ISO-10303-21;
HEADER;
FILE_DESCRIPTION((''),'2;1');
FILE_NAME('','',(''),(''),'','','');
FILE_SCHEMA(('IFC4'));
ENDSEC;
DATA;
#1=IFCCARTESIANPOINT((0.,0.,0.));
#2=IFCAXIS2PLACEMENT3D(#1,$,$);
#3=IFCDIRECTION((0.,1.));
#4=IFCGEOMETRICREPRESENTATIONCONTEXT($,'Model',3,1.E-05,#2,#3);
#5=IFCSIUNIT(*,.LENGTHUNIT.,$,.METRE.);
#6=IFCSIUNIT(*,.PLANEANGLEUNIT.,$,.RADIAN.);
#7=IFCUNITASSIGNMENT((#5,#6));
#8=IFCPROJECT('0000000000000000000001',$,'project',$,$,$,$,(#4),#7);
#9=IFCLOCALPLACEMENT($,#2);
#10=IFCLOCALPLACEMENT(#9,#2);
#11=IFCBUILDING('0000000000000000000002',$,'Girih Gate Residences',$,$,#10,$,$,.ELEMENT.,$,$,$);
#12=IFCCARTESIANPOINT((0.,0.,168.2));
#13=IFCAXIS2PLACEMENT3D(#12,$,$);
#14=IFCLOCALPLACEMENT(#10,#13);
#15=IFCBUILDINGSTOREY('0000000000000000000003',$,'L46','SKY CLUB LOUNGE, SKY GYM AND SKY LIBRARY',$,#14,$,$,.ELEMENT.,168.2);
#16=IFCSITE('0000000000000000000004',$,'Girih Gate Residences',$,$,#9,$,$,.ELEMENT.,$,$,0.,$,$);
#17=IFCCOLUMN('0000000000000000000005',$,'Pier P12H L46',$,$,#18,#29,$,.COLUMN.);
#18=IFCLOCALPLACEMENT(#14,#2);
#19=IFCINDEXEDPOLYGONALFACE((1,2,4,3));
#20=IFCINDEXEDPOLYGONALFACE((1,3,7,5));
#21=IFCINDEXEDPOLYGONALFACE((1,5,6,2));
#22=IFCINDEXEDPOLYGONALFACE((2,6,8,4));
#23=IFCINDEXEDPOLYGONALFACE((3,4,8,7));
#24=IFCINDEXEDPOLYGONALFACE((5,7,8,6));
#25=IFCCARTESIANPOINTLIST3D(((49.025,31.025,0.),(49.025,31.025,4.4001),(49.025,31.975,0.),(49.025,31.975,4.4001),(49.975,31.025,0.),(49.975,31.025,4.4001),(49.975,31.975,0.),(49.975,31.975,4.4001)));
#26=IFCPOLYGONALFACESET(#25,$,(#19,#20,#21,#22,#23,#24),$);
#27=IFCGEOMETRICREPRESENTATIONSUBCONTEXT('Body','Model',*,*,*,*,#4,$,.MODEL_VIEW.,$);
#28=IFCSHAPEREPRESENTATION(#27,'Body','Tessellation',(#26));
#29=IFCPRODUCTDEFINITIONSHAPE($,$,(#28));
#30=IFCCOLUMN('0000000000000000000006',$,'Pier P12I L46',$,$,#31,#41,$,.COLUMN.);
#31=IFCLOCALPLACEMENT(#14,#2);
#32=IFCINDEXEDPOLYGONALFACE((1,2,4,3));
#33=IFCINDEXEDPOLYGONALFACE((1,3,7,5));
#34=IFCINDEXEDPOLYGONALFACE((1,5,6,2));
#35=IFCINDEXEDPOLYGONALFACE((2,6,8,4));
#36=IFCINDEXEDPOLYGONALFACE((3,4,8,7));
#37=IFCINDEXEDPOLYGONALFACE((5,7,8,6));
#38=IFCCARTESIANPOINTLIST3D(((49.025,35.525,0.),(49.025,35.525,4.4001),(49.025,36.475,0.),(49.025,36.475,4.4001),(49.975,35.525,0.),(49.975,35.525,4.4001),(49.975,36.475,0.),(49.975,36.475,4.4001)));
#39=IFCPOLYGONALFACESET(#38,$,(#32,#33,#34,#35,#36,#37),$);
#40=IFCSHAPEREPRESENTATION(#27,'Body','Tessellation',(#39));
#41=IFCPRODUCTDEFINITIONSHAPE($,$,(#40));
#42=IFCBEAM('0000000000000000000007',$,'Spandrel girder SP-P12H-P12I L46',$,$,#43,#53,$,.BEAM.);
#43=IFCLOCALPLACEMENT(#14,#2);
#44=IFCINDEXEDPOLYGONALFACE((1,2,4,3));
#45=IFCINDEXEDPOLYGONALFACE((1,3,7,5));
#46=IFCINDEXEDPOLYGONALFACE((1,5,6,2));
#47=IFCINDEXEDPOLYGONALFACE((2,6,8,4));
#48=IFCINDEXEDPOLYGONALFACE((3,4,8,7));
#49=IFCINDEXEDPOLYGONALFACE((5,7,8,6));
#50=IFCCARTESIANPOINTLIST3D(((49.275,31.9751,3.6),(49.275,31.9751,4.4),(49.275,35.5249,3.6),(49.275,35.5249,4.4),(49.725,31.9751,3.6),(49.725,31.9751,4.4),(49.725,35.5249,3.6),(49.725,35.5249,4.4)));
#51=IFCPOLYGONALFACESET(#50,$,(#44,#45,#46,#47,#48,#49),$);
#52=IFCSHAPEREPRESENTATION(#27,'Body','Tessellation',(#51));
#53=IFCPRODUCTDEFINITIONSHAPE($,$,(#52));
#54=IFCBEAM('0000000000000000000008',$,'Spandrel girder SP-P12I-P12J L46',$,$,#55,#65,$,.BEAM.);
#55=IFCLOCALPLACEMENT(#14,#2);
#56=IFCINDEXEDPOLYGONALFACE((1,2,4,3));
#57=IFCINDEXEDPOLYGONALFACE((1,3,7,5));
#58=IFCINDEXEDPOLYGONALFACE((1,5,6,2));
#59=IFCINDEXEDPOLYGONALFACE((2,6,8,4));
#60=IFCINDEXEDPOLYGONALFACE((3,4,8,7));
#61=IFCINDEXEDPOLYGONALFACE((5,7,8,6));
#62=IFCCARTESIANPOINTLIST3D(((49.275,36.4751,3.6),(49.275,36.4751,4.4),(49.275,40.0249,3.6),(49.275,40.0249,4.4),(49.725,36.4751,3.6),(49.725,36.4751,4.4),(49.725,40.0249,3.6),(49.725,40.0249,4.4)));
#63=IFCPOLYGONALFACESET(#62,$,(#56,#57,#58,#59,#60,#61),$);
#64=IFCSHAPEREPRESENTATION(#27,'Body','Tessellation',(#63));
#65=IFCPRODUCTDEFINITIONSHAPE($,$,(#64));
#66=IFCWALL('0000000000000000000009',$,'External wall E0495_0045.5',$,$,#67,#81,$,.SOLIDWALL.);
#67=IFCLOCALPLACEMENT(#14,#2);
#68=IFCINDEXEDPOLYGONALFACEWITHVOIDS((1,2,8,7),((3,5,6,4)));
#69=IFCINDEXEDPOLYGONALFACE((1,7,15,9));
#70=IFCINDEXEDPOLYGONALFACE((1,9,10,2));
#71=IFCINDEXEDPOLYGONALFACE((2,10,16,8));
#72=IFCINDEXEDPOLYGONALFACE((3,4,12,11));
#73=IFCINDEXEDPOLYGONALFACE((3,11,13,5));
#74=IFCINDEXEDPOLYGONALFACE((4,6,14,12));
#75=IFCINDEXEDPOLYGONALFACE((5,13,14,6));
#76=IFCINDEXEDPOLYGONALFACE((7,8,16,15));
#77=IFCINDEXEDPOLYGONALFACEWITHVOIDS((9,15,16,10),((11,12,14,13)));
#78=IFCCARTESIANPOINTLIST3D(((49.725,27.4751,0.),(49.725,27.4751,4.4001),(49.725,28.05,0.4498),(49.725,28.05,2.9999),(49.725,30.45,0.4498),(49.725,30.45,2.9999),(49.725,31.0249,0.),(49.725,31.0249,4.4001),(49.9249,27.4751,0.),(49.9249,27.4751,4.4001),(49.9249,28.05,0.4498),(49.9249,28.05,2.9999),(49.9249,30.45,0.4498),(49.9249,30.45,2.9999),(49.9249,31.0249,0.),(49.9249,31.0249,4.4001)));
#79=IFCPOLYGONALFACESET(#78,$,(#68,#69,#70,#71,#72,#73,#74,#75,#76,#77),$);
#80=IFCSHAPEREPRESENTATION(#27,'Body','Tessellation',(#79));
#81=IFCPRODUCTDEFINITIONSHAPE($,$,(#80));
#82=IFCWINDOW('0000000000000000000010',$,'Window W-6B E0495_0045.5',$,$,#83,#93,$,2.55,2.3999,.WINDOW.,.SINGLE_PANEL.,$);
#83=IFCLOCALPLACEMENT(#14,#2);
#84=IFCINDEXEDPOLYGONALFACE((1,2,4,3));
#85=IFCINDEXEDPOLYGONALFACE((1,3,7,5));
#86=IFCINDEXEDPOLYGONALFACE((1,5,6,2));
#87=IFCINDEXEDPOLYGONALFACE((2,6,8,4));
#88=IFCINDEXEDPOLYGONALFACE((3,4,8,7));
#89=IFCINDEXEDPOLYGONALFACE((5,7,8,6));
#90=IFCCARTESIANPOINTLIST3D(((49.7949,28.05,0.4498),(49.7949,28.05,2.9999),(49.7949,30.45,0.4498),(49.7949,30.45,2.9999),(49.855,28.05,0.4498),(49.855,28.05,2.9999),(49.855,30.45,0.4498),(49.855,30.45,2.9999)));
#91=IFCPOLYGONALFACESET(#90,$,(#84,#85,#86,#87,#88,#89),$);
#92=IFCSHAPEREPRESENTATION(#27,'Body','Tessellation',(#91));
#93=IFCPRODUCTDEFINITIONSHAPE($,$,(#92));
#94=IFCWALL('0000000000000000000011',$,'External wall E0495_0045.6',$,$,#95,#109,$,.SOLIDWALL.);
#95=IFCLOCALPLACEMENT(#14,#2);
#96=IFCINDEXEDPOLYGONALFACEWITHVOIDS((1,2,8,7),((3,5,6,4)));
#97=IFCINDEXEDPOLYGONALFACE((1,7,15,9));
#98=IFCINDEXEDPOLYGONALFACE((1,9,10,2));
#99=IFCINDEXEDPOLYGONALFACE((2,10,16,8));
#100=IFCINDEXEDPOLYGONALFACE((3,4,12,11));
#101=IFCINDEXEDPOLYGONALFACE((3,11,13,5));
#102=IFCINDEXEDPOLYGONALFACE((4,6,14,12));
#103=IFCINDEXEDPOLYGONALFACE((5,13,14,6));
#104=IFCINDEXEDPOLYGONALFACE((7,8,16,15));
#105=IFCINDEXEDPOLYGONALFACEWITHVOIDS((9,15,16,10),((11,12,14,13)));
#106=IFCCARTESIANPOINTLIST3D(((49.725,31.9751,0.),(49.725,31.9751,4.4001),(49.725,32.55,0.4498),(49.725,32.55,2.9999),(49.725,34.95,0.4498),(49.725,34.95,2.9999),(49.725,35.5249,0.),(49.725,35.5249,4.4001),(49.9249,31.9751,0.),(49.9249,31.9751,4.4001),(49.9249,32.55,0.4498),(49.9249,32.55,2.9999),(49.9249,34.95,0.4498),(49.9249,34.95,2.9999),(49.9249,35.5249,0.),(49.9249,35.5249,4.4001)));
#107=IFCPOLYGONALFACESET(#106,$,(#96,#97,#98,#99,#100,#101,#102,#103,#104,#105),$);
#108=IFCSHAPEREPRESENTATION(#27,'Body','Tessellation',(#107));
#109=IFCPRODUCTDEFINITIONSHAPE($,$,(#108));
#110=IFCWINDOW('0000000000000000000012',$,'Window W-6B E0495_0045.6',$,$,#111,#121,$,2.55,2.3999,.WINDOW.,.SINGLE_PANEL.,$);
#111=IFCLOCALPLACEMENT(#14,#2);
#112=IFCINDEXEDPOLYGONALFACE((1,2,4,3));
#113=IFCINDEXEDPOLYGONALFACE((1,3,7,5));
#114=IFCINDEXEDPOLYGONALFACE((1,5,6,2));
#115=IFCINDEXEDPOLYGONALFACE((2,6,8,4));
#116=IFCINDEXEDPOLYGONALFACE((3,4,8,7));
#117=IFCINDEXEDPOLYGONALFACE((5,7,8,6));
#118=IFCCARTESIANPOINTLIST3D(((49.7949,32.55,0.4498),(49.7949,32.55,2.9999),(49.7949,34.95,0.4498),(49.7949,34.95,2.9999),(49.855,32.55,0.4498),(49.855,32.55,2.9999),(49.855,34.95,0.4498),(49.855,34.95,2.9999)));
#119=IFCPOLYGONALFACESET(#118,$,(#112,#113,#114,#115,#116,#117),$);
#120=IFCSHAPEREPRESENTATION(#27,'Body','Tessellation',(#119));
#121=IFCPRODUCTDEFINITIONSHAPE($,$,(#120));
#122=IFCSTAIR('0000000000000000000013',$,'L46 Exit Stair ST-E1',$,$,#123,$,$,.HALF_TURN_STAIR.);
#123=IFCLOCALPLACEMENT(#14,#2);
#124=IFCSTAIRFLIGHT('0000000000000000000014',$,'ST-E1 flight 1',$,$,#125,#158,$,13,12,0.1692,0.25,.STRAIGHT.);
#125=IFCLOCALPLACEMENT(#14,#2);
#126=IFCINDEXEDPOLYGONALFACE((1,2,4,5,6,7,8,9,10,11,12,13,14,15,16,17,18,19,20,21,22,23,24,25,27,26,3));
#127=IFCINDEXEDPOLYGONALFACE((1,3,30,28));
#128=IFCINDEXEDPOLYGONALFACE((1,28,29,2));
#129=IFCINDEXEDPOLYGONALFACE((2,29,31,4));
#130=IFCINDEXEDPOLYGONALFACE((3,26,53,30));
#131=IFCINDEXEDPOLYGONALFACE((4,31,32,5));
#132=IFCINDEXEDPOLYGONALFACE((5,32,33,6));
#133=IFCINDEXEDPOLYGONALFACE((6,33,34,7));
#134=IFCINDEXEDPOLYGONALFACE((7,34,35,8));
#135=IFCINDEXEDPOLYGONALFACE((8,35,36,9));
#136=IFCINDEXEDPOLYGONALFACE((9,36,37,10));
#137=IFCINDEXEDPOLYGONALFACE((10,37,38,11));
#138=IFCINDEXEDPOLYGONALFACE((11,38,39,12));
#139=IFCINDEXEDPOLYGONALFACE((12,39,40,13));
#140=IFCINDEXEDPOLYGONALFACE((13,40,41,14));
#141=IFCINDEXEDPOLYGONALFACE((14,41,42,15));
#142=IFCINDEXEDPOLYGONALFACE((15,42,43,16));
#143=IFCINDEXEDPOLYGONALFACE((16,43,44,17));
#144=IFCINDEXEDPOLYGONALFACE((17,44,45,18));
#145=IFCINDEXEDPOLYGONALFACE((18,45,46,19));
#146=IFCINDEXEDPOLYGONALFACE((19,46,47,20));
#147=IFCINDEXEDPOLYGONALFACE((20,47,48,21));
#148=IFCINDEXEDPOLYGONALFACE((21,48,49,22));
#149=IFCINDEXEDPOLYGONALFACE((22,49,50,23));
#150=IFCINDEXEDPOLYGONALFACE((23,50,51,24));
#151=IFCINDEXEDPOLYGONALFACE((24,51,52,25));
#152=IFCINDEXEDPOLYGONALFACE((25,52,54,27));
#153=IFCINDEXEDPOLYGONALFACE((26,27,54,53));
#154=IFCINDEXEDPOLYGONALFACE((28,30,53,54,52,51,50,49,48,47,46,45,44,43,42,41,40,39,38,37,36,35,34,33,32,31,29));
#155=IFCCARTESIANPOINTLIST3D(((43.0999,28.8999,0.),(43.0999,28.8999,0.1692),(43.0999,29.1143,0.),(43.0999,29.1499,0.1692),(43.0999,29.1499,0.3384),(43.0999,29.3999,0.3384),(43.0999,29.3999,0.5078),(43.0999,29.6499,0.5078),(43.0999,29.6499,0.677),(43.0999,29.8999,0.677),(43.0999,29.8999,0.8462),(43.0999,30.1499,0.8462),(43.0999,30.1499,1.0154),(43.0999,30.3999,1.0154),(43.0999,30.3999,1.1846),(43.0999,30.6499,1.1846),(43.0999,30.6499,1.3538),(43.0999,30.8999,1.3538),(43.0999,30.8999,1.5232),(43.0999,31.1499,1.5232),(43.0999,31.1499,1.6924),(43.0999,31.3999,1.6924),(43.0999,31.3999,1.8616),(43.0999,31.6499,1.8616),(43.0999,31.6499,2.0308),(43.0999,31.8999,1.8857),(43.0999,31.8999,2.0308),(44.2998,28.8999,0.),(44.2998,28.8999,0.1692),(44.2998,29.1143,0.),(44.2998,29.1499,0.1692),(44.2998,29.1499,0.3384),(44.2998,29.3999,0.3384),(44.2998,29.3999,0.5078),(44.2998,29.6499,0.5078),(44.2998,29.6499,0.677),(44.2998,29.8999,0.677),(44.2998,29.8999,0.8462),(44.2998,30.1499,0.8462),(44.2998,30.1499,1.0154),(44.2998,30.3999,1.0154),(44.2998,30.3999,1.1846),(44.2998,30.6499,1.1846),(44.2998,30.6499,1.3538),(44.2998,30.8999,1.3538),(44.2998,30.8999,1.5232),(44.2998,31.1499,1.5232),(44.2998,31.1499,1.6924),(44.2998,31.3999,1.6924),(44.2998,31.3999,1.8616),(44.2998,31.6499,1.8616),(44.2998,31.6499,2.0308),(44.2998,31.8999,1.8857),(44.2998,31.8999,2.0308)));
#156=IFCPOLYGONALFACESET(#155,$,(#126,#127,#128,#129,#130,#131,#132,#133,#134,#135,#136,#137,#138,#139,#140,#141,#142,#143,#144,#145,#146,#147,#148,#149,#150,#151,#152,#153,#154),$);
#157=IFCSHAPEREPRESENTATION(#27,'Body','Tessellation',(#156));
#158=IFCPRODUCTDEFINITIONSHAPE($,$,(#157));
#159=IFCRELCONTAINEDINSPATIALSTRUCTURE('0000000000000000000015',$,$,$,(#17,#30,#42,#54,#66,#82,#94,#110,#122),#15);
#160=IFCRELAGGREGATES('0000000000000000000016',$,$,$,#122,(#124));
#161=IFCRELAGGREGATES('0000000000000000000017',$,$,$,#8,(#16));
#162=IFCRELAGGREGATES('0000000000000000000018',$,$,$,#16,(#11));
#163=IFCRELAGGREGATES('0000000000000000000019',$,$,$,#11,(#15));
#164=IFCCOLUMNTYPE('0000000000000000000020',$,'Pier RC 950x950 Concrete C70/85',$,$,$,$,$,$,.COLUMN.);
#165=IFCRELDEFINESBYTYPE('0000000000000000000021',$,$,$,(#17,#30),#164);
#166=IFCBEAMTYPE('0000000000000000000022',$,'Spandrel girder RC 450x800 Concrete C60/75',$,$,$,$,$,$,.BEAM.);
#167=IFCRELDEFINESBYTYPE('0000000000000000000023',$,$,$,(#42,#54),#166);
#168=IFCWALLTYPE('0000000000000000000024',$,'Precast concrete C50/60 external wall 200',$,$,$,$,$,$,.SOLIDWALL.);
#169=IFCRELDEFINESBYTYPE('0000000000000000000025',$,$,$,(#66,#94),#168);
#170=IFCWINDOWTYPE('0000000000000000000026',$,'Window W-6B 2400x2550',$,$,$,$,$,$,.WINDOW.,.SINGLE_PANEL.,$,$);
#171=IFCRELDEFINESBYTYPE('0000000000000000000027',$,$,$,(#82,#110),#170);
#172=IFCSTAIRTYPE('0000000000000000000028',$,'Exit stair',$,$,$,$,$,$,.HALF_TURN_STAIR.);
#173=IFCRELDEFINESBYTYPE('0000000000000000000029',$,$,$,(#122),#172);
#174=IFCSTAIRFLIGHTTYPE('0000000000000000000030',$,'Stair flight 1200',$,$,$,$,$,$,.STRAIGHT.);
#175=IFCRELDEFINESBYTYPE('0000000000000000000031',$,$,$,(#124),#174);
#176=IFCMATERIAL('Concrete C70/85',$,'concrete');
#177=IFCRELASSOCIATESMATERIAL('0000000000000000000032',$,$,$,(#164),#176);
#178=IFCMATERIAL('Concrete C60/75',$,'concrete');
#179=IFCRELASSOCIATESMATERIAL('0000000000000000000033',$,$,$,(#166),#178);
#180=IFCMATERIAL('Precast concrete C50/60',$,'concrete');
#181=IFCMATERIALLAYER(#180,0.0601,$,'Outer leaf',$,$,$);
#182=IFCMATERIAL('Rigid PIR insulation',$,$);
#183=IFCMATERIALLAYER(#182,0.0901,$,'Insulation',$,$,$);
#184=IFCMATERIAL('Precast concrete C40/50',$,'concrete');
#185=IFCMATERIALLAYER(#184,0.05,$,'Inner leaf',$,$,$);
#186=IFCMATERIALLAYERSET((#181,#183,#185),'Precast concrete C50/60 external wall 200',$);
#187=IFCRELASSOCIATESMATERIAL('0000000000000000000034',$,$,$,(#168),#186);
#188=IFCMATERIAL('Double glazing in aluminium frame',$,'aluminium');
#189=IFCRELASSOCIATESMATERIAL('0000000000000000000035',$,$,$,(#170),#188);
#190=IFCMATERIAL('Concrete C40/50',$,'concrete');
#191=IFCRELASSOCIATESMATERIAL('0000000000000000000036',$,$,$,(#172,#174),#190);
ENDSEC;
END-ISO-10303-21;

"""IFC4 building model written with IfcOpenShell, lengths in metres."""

from ifc_helpers import new_model, si_unit, direction, frame, frame_2d, origin, origin_2d, place, context, subcontext, project, spatial, polyline, rectangle, outline, extrude, material, layer, layer_set, material_profile, profile_set, type_object, element, fill, aggregate, save


model = new_model("IFC4")

# Units and contexts
model_context = context("Model", 3, precision=1e-05, world=origin(), true_north=direction((0.0, 1.0)))
body_context = subcontext(model_context, "Body", "Model", "MODEL_VIEW")
ifc_project = project(units=[si_unit("LENGTHUNIT", "METRE"), si_unit("PLANEANGLEUNIT", "RADIAN")], contexts=[model_context])

# Site, building, storey
site_placement = place(None, origin())
site = spatial("IfcSite", under=ifc_project, at=site_placement, Name="Girih Gate Residences", CompositionType="ELEMENT", RefElevation=0.0)
building_placement = place(site_placement, origin())
building = spatial("IfcBuilding", under=site, at=building_placement, Name="Girih Gate Residences", CompositionType="ELEMENT")
storey_placement = place(building_placement, frame((0.0, 0.0, 168.2)))
storey = spatial("IfcBuildingStorey", under=building, at=storey_placement, Name="L46", Description="SKY CLUB LOUNGE, SKY GYM AND SKY LIBRARY", CompositionType="ELEMENT", Elevation=168.2)

# Columns
ifc_material_1 = material(Name="Concrete C70/85", Category="concrete")
ifc_material_profile_1 = material_profile(ifc_material_1, rectangle(XDim=0.95, YDim=0.95, at=origin_2d()))
ifc_profile_set_1 = profile_set([ifc_material_profile_1], Name="Concrete C70/85")
column_type = type_object("IfcColumnType", Name="Pier RC 950x950 Concrete C70/85", PredefinedType="COLUMN", material=ifc_profile_set_1)
for number, where, z_axis, x_axis, name in (
    (1, (49.5, 31.5, 0.0), (0.0, 0.0, 1.0), (1.0, 0.0, 0.0), "Pier P12H L46"),
    (2, (49.5, 36.0, 0.0), (0.0, 0.0, 1.0), (1.0, 0.0, 0.0), "Pier P12I L46"),
):
    element("IfcColumn", number, at=place(storey_placement, frame(where, z_axis=z_axis, x_axis=x_axis)), inside=storey, type_object=column_type, Name=name, PredefinedType="COLUMN", context=body_context, shape_type="SweptSolid", body=[
        extrude(rectangle(XDim=0.95, YDim=0.95, at=origin_2d()), origin(), (0.0, 0.0, 1.0), 4.4001),
    ])

# Beams
ifc_material_2 = material(Name="Concrete C60/75", Category="concrete")
ifc_material_profile_2 = material_profile(ifc_material_2, rectangle(XDim=0.45, YDim=0.8, at=origin_2d()))
ifc_profile_set_2 = profile_set([ifc_material_profile_2], Name="Concrete C60/75")
beam_type = type_object("IfcBeamType", Name="Spandrel girder RC 450x800 Concrete C60/75", PredefinedType="BEAM", material=ifc_profile_set_2)
for number, where, z_axis, x_axis, name in (
    (3, (49.5, 31.9751, 4.0), (0.0, 1.0, 0.0), (-1.0, 0.0, 0.0), "Spandrel girder SP-P12H-P12I L46"),
    (4, (49.5, 36.4751, 4.0), (0.0, 1.0, 0.0), (-1.0, 0.0, 0.0), "Spandrel girder SP-P12I-P12J L46"),
):
    element("IfcBeam", number, at=place(storey_placement, frame(where, z_axis=z_axis, x_axis=x_axis)), inside=storey, type_object=beam_type, Name=name, PredefinedType="BEAM", context=body_context, shape_type="SweptSolid", body=[
        extrude(rectangle(XDim=0.45, YDim=0.8, at=origin_2d()), origin(), (0.0, 0.0, 1.0), 3.5498),
    ])

# Walls, openings, windows
ifc_material_3 = material(Name="Precast concrete C50/60", Category="concrete")
ifc_layer_1 = layer(ifc_material_3, 0.0601, Name="Outer leaf")
ifc_material_4 = material(Name="Rigid PIR insulation")
ifc_layer_2 = layer(ifc_material_4, 0.0901, Name="Insulation")
ifc_material_5 = material(Name="Precast concrete C40/50", Category="concrete")
ifc_layer_3 = layer(ifc_material_5, 0.05, Name="Inner leaf")
ifc_layer_set = layer_set([ifc_layer_1, ifc_layer_2, ifc_layer_3], Name="Precast concrete C50/60 external wall 200")
wall_type = type_object("IfcWallType", Name="Precast concrete C50/60 external wall 200", PredefinedType="SOLIDWALL", material=ifc_layer_set)
wall_1_placement = place(storey_placement, frame((49.825, 31.0249, 0.0), z_axis=(0.0, 0.0, 1.0), x_axis=(0.0, -1.0, 0.0)))
wall_1 = element("IfcWall", 5, at=wall_1_placement, inside=storey, type_object=wall_type, Name="External wall E0495_0045.5", PredefinedType="SOLIDWALL", context=body_context, shape_type="SweptSolid", body=[
    extrude(rectangle(XDim=3.5498, YDim=0.2, at=frame_2d((1.7749, 0.0))), origin(), (0.0, 0.0, 1.0), 4.4001),
])
opening_1_placement = place(wall_1_placement, frame((0.575, 0.0, 0.45)))
opening_1 = element("IfcOpeningElement", 6, at=opening_1_placement, cuts=wall_1, PredefinedType="OPENING", context=body_context, shape_type="SweptSolid", body=[
    extrude(rectangle(XDim=2.3999, YDim=2.55, at=frame_2d((1.2, 1.2749))), frame((0.0, 0.1099, 0.0), z_axis=(0.0, -1.0, 0.0), x_axis=(1.0, 0.0, 0.0)), (0.0, 0.0, 1.0), 0.22),
])
ifc_material_6 = material(Name="Double glazing in aluminium frame", Category="aluminium")
window_type = type_object("IfcWindowType", Name="Window W-6B 2400x2550", PartitioningType="SINGLE_PANEL", PredefinedType="WINDOW", material=ifc_material_6)
window_1_placement = place(opening_1_placement, origin())
window_1 = element("IfcWindow", 7, at=window_1_placement, inside=storey, type_object=window_type, Name="Window W-6B E0495_0045.5", OverallHeight=2.55, OverallWidth=2.3999, PartitioningType="SINGLE_PANEL", PredefinedType="WINDOW", context=body_context, shape_type="SweptSolid", body=[
    extrude(rectangle(XDim=2.3999, YDim=2.55, at=frame_2d((1.2, 1.2749))), frame((0.0, 0.03, 0.0), z_axis=(0.0, -1.0, 0.0), x_axis=(1.0, 0.0, 0.0)), (0.0, 0.0, 1.0), 0.0601),
])
fill(opening_1, window_1)
wall_2_placement = place(storey_placement, frame((49.825, 35.5249, 0.0), z_axis=(0.0, 0.0, 1.0), x_axis=(0.0, -1.0, 0.0)))
wall_2 = element("IfcWall", 8, at=wall_2_placement, inside=storey, type_object=wall_type, Name="External wall E0495_0045.6", PredefinedType="SOLIDWALL", context=body_context, shape_type="SweptSolid", body=[
    extrude(rectangle(XDim=3.5498, YDim=0.2, at=frame_2d((1.7749, 0.0))), origin(), (0.0, 0.0, 1.0), 4.4001),
])
opening_2_placement = place(wall_2_placement, frame((0.575, 0.0, 0.45)))
opening_2 = element("IfcOpeningElement", 9, at=opening_2_placement, cuts=wall_2, PredefinedType="OPENING", context=body_context, shape_type="SweptSolid", body=[
    extrude(rectangle(XDim=2.3999, YDim=2.55, at=frame_2d((1.2, 1.2749))), frame((0.0, 0.1099, 0.0), z_axis=(0.0, -1.0, 0.0), x_axis=(1.0, 0.0, 0.0)), (0.0, 0.0, 1.0), 0.22),
])
window_2_placement = place(opening_2_placement, origin())
window_2 = element("IfcWindow", 10, at=window_2_placement, inside=storey, type_object=window_type, Name="Window W-6B E0495_0045.6", OverallHeight=2.55, OverallWidth=2.3999, PartitioningType="SINGLE_PANEL", PredefinedType="WINDOW", context=body_context, shape_type="SweptSolid", body=[
    extrude(rectangle(XDim=2.3999, YDim=2.55, at=frame_2d((1.2, 1.2749))), frame((0.0, 0.03, 0.0), z_axis=(0.0, -1.0, 0.0), x_axis=(1.0, 0.0, 0.0)), (0.0, 0.0, 1.0), 0.0601),
])
fill(opening_2, window_2)

# Stair, stair flight
ifc_material_7 = material(Name="Concrete C40/50", Category="concrete")
stair_type = type_object("IfcStairType", Name="Exit stair", PredefinedType="HALF_TURN_STAIR", material=ifc_material_7)
stair_placement = place(storey_placement, origin())
stair = element("IfcStair", 11, at=stair_placement, inside=storey, type_object=stair_type, Name="L46 Exit Stair ST-E1", PredefinedType="HALF_TURN_STAIR")
stair_flight_type = type_object("IfcStairFlightType", Name="Stair flight 1200", PredefinedType="STRAIGHT", material=ifc_material_7)
stair_flight_1_placement = place(storey_placement, frame((43.7, 28.8999, 0.0), z_axis=(0.0, 0.0, 1.0), x_axis=(0.0, 1.0, 0.0)))
stair_flight_1 = element("IfcStairFlight", 12, at=stair_flight_1_placement, type_object=stair_flight_type, Name="ST-E1 flight 1", NumberOfRisers=13, NumberOfTreads=12, PredefinedType="STRAIGHT", RiserHeight=0.1692, TreadLength=0.25, context=body_context, shape_type="SweptSolid", body=[
    extrude(outline(polyline([(0.0, 0.0), (0.0, 0.1692), (0.25, 0.1692), (0.25, 0.3384), (0.5, 0.3384), (0.5, 0.5078), (0.75, 0.5078), (0.75, 0.677), (1.0, 0.677), (1.0, 0.8462), (1.25, 0.8462), (1.25, 1.0154), (1.5, 1.0154), (1.5, 1.1846), (1.75, 1.1846), (1.75, 1.3538), (2.0, 1.3538), (2.0, 1.5232), (2.25, 1.5232), (2.25, 1.6924), (2.5, 1.6924), (2.5, 1.8616), (2.75, 1.8616), (2.75, 2.0308), (3.0, 2.0308), (3.0, 2.2), (3.0, 1.8857), (0.2144, 0.0), (0.0, 0.0)])), frame((0.0, 0.6001, 0.0), z_axis=(0.0, -1.0, 0.0), x_axis=(1.0, 0.0, 0.0)), (0.0, 0.0, 1.0), 1.2),
])
aggregate(stair, [stair_flight_1])

save(model, "model.ifc")
